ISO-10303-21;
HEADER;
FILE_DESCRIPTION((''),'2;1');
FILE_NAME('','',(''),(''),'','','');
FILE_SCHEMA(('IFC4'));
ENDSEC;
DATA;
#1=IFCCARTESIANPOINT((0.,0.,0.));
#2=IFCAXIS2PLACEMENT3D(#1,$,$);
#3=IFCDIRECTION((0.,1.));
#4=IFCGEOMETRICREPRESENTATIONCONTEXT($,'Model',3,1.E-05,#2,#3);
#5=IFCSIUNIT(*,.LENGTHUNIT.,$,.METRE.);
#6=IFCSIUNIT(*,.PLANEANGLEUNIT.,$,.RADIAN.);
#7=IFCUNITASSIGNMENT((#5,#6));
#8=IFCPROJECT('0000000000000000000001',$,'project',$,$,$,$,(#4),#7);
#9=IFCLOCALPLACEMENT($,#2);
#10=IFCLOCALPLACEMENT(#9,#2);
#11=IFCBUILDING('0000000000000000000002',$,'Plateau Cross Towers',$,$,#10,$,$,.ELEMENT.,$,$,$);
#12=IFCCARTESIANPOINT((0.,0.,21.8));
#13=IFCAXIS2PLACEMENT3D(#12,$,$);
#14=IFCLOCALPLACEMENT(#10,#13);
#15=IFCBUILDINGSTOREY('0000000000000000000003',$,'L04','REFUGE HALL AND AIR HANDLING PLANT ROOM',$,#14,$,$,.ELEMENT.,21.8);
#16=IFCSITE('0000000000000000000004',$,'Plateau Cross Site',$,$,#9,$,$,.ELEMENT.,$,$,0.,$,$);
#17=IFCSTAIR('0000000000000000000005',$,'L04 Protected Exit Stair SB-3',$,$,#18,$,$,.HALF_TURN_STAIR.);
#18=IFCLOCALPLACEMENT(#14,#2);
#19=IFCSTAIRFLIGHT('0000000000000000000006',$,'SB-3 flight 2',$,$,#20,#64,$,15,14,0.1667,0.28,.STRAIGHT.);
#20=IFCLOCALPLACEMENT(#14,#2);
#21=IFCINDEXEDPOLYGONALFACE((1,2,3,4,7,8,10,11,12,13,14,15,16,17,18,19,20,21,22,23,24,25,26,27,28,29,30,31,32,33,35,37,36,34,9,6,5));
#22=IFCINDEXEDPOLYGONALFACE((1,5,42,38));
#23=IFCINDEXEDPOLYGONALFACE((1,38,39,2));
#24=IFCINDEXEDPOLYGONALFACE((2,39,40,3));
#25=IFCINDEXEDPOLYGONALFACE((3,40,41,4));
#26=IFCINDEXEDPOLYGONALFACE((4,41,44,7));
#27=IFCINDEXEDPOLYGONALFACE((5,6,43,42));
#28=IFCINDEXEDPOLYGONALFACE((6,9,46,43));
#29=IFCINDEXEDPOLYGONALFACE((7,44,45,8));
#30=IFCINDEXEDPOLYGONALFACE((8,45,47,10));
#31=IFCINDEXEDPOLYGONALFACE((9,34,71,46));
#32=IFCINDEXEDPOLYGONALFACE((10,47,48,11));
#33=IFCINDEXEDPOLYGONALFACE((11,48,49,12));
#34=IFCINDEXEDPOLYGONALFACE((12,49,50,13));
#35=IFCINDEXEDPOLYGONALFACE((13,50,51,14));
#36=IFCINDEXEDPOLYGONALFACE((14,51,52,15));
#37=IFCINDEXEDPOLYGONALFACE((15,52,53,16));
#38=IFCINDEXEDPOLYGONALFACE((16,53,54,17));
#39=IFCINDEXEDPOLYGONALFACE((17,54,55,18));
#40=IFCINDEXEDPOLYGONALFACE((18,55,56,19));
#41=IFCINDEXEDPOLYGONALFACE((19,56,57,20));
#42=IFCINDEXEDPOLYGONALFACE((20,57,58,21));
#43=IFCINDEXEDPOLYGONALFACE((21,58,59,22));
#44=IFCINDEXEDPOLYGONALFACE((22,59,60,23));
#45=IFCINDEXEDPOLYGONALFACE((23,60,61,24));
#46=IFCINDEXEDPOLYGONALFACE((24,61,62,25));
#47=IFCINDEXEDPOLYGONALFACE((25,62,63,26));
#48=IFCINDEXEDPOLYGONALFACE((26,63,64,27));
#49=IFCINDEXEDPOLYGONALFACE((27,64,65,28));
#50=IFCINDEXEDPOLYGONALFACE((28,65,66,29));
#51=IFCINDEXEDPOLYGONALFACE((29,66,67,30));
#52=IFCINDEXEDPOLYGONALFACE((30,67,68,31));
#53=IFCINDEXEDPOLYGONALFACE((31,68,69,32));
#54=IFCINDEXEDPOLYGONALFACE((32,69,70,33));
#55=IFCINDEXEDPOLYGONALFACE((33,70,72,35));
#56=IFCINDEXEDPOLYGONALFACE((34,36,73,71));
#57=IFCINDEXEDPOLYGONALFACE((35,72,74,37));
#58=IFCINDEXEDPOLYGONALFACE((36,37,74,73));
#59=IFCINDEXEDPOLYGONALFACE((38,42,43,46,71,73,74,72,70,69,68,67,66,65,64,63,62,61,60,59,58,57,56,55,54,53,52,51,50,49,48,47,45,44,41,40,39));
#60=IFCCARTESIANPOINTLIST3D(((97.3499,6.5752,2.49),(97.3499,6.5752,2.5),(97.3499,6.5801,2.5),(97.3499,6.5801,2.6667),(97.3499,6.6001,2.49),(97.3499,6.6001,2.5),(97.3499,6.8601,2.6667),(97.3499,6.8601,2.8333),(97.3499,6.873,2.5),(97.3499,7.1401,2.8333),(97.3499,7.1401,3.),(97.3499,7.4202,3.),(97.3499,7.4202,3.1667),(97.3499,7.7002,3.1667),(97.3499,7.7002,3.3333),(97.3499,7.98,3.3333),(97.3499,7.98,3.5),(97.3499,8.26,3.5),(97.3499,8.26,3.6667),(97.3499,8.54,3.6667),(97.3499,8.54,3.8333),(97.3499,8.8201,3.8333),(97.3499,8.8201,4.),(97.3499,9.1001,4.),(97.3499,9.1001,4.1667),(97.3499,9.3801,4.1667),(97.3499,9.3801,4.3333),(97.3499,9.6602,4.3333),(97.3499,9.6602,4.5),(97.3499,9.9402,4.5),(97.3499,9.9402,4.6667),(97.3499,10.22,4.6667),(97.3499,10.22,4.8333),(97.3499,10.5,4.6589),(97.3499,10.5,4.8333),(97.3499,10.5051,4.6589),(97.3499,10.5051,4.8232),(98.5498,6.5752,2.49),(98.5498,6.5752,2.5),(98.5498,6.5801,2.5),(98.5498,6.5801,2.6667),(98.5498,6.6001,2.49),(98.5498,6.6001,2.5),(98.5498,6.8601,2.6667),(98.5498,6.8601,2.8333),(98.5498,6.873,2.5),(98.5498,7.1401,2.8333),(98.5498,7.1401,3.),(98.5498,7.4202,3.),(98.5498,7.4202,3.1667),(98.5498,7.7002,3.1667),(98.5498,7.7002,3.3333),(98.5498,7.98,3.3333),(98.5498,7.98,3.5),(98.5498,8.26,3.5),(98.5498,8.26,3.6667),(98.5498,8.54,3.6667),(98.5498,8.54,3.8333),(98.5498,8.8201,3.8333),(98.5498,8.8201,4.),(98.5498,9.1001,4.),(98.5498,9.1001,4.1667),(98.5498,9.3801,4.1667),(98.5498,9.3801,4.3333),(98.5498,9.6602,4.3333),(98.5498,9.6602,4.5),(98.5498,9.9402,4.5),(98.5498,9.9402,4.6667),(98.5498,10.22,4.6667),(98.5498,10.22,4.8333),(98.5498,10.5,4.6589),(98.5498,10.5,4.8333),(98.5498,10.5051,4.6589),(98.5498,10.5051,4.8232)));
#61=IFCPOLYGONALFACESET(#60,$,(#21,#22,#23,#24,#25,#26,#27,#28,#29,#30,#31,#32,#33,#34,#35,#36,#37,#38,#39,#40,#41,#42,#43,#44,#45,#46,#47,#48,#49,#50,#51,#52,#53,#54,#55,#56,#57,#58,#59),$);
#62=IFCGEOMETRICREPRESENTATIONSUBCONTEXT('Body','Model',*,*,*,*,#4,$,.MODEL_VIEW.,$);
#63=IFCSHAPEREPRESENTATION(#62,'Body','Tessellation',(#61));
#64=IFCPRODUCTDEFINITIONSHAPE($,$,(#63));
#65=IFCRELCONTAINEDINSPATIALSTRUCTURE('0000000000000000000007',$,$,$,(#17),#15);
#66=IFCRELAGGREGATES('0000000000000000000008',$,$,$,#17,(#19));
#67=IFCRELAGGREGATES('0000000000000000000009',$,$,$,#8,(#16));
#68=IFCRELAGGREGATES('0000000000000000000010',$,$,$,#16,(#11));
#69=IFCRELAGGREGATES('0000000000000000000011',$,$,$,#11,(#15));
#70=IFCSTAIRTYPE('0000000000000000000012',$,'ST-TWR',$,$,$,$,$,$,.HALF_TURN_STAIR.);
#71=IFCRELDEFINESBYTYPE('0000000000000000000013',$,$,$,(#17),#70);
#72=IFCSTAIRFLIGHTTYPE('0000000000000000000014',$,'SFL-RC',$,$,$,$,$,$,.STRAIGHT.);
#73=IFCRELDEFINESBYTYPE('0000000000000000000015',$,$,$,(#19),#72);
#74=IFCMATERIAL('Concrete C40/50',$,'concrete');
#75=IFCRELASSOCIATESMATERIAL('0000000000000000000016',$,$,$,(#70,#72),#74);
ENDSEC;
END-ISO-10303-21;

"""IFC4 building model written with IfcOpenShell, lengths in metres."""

from ifc_helpers import new_model, si_unit, direction, frame, origin, place, context, subcontext, project, spatial, polyline, outline, extrude, material, type_object, element, aggregate, save


model = new_model("IFC4")

# Units and contexts
model_context = context("Model", 3, precision=1e-05, world=origin(), true_north=direction((0.0, 1.0)))
body_context = subcontext(model_context, "Body", "Model", "MODEL_VIEW")
ifc_project = project(units=[si_unit("LENGTHUNIT", "METRE"), si_unit("PLANEANGLEUNIT", "RADIAN")], contexts=[model_context])

# Site, building, storey
site_placement = place(None, origin())
site = spatial("IfcSite", under=ifc_project, at=site_placement, Name="Plateau Cross Site", CompositionType="ELEMENT", RefElevation=0.0)
building_placement = place(site_placement, origin())
building = spatial("IfcBuilding", under=site, at=building_placement, Name="Plateau Cross Towers", CompositionType="ELEMENT")
storey_placement = place(building_placement, frame((0.0, 0.0, 21.8)))
storey = spatial("IfcBuildingStorey", under=building, at=storey_placement, Name="L04", Description="REFUGE HALL AND AIR HANDLING PLANT ROOM", CompositionType="ELEMENT", Elevation=21.8)

# Stair, stair flight
ifc_material_1 = material(Name="Concrete C40/50", Category="concrete")
stair_type = type_object("IfcStairType", Name="ST-TWR", PredefinedType="HALF_TURN_STAIR", material=ifc_material_1)
stair_placement = place(storey_placement, origin())
stair = element("IfcStair", 1, at=stair_placement, inside=storey, type_object=stair_type, Name="L04 Protected Exit Stair SB-3", PredefinedType="HALF_TURN_STAIR")
stair_flight_type = type_object("IfcStairFlightType", Name="SFL-RC", PredefinedType="STRAIGHT", material=ifc_material_1)
stair_flight_placement = place(storey_placement, frame((97.95, 6.5801, 2.5), z_axis=(0.0, 0.0, 1.0), x_axis=(0.0, 1.0, 0.0)))
stair_flight = element("IfcStairFlight", 2, at=stair_flight_placement, type_object=stair_flight_type, Name="SB-3 flight 2", NumberOfRisers=15, NumberOfTreads=14, PredefinedType="STRAIGHT", RiserHeight=0.1667, TreadLength=0.28, context=body_context, shape_type="SweptSolid", body=[
    extrude(outline(polyline([(-0.0049, -0.01), (-0.0049, 0.0), (0.0, 0.0), (0.0, 0.1667), (0.28, 0.1667), (0.28, 0.3333), (0.5601, 0.3333), (0.5601, 0.5), (0.8401, 0.5), (0.8401, 0.6667), (1.1201, 0.6667), (1.1201, 0.8333), (1.3999, 0.8333), (1.3999, 1.0), (1.6799, 1.0), (1.6799, 1.1667), (1.96, 1.1667), (1.96, 1.3333), (2.24, 1.3333), (2.24, 1.5), (2.52, 1.5), (2.52, 1.6667), (2.8, 1.6667), (2.8, 1.8333), (3.0801, 1.8333), (3.0801, 2.0), (3.3601, 2.0), (3.3601, 2.1667), (3.6399, 2.1667), (3.6399, 2.3333), (3.9199, 2.3333), (3.925, 2.3232), (3.925, 2.1589), (3.9199, 2.1589), (0.293, 0.0), (0.02, 0.0), (0.02, -0.01), (-0.0049, -0.01)])), frame((0.0, 0.6001, 0.0), z_axis=(0.0, -1.0, 0.0), x_axis=(1.0, 0.0, 0.0)), (0.0, 0.0, 1.0), 1.2),
])
aggregate(stair, [stair_flight])

save(model, "model.ifc")
